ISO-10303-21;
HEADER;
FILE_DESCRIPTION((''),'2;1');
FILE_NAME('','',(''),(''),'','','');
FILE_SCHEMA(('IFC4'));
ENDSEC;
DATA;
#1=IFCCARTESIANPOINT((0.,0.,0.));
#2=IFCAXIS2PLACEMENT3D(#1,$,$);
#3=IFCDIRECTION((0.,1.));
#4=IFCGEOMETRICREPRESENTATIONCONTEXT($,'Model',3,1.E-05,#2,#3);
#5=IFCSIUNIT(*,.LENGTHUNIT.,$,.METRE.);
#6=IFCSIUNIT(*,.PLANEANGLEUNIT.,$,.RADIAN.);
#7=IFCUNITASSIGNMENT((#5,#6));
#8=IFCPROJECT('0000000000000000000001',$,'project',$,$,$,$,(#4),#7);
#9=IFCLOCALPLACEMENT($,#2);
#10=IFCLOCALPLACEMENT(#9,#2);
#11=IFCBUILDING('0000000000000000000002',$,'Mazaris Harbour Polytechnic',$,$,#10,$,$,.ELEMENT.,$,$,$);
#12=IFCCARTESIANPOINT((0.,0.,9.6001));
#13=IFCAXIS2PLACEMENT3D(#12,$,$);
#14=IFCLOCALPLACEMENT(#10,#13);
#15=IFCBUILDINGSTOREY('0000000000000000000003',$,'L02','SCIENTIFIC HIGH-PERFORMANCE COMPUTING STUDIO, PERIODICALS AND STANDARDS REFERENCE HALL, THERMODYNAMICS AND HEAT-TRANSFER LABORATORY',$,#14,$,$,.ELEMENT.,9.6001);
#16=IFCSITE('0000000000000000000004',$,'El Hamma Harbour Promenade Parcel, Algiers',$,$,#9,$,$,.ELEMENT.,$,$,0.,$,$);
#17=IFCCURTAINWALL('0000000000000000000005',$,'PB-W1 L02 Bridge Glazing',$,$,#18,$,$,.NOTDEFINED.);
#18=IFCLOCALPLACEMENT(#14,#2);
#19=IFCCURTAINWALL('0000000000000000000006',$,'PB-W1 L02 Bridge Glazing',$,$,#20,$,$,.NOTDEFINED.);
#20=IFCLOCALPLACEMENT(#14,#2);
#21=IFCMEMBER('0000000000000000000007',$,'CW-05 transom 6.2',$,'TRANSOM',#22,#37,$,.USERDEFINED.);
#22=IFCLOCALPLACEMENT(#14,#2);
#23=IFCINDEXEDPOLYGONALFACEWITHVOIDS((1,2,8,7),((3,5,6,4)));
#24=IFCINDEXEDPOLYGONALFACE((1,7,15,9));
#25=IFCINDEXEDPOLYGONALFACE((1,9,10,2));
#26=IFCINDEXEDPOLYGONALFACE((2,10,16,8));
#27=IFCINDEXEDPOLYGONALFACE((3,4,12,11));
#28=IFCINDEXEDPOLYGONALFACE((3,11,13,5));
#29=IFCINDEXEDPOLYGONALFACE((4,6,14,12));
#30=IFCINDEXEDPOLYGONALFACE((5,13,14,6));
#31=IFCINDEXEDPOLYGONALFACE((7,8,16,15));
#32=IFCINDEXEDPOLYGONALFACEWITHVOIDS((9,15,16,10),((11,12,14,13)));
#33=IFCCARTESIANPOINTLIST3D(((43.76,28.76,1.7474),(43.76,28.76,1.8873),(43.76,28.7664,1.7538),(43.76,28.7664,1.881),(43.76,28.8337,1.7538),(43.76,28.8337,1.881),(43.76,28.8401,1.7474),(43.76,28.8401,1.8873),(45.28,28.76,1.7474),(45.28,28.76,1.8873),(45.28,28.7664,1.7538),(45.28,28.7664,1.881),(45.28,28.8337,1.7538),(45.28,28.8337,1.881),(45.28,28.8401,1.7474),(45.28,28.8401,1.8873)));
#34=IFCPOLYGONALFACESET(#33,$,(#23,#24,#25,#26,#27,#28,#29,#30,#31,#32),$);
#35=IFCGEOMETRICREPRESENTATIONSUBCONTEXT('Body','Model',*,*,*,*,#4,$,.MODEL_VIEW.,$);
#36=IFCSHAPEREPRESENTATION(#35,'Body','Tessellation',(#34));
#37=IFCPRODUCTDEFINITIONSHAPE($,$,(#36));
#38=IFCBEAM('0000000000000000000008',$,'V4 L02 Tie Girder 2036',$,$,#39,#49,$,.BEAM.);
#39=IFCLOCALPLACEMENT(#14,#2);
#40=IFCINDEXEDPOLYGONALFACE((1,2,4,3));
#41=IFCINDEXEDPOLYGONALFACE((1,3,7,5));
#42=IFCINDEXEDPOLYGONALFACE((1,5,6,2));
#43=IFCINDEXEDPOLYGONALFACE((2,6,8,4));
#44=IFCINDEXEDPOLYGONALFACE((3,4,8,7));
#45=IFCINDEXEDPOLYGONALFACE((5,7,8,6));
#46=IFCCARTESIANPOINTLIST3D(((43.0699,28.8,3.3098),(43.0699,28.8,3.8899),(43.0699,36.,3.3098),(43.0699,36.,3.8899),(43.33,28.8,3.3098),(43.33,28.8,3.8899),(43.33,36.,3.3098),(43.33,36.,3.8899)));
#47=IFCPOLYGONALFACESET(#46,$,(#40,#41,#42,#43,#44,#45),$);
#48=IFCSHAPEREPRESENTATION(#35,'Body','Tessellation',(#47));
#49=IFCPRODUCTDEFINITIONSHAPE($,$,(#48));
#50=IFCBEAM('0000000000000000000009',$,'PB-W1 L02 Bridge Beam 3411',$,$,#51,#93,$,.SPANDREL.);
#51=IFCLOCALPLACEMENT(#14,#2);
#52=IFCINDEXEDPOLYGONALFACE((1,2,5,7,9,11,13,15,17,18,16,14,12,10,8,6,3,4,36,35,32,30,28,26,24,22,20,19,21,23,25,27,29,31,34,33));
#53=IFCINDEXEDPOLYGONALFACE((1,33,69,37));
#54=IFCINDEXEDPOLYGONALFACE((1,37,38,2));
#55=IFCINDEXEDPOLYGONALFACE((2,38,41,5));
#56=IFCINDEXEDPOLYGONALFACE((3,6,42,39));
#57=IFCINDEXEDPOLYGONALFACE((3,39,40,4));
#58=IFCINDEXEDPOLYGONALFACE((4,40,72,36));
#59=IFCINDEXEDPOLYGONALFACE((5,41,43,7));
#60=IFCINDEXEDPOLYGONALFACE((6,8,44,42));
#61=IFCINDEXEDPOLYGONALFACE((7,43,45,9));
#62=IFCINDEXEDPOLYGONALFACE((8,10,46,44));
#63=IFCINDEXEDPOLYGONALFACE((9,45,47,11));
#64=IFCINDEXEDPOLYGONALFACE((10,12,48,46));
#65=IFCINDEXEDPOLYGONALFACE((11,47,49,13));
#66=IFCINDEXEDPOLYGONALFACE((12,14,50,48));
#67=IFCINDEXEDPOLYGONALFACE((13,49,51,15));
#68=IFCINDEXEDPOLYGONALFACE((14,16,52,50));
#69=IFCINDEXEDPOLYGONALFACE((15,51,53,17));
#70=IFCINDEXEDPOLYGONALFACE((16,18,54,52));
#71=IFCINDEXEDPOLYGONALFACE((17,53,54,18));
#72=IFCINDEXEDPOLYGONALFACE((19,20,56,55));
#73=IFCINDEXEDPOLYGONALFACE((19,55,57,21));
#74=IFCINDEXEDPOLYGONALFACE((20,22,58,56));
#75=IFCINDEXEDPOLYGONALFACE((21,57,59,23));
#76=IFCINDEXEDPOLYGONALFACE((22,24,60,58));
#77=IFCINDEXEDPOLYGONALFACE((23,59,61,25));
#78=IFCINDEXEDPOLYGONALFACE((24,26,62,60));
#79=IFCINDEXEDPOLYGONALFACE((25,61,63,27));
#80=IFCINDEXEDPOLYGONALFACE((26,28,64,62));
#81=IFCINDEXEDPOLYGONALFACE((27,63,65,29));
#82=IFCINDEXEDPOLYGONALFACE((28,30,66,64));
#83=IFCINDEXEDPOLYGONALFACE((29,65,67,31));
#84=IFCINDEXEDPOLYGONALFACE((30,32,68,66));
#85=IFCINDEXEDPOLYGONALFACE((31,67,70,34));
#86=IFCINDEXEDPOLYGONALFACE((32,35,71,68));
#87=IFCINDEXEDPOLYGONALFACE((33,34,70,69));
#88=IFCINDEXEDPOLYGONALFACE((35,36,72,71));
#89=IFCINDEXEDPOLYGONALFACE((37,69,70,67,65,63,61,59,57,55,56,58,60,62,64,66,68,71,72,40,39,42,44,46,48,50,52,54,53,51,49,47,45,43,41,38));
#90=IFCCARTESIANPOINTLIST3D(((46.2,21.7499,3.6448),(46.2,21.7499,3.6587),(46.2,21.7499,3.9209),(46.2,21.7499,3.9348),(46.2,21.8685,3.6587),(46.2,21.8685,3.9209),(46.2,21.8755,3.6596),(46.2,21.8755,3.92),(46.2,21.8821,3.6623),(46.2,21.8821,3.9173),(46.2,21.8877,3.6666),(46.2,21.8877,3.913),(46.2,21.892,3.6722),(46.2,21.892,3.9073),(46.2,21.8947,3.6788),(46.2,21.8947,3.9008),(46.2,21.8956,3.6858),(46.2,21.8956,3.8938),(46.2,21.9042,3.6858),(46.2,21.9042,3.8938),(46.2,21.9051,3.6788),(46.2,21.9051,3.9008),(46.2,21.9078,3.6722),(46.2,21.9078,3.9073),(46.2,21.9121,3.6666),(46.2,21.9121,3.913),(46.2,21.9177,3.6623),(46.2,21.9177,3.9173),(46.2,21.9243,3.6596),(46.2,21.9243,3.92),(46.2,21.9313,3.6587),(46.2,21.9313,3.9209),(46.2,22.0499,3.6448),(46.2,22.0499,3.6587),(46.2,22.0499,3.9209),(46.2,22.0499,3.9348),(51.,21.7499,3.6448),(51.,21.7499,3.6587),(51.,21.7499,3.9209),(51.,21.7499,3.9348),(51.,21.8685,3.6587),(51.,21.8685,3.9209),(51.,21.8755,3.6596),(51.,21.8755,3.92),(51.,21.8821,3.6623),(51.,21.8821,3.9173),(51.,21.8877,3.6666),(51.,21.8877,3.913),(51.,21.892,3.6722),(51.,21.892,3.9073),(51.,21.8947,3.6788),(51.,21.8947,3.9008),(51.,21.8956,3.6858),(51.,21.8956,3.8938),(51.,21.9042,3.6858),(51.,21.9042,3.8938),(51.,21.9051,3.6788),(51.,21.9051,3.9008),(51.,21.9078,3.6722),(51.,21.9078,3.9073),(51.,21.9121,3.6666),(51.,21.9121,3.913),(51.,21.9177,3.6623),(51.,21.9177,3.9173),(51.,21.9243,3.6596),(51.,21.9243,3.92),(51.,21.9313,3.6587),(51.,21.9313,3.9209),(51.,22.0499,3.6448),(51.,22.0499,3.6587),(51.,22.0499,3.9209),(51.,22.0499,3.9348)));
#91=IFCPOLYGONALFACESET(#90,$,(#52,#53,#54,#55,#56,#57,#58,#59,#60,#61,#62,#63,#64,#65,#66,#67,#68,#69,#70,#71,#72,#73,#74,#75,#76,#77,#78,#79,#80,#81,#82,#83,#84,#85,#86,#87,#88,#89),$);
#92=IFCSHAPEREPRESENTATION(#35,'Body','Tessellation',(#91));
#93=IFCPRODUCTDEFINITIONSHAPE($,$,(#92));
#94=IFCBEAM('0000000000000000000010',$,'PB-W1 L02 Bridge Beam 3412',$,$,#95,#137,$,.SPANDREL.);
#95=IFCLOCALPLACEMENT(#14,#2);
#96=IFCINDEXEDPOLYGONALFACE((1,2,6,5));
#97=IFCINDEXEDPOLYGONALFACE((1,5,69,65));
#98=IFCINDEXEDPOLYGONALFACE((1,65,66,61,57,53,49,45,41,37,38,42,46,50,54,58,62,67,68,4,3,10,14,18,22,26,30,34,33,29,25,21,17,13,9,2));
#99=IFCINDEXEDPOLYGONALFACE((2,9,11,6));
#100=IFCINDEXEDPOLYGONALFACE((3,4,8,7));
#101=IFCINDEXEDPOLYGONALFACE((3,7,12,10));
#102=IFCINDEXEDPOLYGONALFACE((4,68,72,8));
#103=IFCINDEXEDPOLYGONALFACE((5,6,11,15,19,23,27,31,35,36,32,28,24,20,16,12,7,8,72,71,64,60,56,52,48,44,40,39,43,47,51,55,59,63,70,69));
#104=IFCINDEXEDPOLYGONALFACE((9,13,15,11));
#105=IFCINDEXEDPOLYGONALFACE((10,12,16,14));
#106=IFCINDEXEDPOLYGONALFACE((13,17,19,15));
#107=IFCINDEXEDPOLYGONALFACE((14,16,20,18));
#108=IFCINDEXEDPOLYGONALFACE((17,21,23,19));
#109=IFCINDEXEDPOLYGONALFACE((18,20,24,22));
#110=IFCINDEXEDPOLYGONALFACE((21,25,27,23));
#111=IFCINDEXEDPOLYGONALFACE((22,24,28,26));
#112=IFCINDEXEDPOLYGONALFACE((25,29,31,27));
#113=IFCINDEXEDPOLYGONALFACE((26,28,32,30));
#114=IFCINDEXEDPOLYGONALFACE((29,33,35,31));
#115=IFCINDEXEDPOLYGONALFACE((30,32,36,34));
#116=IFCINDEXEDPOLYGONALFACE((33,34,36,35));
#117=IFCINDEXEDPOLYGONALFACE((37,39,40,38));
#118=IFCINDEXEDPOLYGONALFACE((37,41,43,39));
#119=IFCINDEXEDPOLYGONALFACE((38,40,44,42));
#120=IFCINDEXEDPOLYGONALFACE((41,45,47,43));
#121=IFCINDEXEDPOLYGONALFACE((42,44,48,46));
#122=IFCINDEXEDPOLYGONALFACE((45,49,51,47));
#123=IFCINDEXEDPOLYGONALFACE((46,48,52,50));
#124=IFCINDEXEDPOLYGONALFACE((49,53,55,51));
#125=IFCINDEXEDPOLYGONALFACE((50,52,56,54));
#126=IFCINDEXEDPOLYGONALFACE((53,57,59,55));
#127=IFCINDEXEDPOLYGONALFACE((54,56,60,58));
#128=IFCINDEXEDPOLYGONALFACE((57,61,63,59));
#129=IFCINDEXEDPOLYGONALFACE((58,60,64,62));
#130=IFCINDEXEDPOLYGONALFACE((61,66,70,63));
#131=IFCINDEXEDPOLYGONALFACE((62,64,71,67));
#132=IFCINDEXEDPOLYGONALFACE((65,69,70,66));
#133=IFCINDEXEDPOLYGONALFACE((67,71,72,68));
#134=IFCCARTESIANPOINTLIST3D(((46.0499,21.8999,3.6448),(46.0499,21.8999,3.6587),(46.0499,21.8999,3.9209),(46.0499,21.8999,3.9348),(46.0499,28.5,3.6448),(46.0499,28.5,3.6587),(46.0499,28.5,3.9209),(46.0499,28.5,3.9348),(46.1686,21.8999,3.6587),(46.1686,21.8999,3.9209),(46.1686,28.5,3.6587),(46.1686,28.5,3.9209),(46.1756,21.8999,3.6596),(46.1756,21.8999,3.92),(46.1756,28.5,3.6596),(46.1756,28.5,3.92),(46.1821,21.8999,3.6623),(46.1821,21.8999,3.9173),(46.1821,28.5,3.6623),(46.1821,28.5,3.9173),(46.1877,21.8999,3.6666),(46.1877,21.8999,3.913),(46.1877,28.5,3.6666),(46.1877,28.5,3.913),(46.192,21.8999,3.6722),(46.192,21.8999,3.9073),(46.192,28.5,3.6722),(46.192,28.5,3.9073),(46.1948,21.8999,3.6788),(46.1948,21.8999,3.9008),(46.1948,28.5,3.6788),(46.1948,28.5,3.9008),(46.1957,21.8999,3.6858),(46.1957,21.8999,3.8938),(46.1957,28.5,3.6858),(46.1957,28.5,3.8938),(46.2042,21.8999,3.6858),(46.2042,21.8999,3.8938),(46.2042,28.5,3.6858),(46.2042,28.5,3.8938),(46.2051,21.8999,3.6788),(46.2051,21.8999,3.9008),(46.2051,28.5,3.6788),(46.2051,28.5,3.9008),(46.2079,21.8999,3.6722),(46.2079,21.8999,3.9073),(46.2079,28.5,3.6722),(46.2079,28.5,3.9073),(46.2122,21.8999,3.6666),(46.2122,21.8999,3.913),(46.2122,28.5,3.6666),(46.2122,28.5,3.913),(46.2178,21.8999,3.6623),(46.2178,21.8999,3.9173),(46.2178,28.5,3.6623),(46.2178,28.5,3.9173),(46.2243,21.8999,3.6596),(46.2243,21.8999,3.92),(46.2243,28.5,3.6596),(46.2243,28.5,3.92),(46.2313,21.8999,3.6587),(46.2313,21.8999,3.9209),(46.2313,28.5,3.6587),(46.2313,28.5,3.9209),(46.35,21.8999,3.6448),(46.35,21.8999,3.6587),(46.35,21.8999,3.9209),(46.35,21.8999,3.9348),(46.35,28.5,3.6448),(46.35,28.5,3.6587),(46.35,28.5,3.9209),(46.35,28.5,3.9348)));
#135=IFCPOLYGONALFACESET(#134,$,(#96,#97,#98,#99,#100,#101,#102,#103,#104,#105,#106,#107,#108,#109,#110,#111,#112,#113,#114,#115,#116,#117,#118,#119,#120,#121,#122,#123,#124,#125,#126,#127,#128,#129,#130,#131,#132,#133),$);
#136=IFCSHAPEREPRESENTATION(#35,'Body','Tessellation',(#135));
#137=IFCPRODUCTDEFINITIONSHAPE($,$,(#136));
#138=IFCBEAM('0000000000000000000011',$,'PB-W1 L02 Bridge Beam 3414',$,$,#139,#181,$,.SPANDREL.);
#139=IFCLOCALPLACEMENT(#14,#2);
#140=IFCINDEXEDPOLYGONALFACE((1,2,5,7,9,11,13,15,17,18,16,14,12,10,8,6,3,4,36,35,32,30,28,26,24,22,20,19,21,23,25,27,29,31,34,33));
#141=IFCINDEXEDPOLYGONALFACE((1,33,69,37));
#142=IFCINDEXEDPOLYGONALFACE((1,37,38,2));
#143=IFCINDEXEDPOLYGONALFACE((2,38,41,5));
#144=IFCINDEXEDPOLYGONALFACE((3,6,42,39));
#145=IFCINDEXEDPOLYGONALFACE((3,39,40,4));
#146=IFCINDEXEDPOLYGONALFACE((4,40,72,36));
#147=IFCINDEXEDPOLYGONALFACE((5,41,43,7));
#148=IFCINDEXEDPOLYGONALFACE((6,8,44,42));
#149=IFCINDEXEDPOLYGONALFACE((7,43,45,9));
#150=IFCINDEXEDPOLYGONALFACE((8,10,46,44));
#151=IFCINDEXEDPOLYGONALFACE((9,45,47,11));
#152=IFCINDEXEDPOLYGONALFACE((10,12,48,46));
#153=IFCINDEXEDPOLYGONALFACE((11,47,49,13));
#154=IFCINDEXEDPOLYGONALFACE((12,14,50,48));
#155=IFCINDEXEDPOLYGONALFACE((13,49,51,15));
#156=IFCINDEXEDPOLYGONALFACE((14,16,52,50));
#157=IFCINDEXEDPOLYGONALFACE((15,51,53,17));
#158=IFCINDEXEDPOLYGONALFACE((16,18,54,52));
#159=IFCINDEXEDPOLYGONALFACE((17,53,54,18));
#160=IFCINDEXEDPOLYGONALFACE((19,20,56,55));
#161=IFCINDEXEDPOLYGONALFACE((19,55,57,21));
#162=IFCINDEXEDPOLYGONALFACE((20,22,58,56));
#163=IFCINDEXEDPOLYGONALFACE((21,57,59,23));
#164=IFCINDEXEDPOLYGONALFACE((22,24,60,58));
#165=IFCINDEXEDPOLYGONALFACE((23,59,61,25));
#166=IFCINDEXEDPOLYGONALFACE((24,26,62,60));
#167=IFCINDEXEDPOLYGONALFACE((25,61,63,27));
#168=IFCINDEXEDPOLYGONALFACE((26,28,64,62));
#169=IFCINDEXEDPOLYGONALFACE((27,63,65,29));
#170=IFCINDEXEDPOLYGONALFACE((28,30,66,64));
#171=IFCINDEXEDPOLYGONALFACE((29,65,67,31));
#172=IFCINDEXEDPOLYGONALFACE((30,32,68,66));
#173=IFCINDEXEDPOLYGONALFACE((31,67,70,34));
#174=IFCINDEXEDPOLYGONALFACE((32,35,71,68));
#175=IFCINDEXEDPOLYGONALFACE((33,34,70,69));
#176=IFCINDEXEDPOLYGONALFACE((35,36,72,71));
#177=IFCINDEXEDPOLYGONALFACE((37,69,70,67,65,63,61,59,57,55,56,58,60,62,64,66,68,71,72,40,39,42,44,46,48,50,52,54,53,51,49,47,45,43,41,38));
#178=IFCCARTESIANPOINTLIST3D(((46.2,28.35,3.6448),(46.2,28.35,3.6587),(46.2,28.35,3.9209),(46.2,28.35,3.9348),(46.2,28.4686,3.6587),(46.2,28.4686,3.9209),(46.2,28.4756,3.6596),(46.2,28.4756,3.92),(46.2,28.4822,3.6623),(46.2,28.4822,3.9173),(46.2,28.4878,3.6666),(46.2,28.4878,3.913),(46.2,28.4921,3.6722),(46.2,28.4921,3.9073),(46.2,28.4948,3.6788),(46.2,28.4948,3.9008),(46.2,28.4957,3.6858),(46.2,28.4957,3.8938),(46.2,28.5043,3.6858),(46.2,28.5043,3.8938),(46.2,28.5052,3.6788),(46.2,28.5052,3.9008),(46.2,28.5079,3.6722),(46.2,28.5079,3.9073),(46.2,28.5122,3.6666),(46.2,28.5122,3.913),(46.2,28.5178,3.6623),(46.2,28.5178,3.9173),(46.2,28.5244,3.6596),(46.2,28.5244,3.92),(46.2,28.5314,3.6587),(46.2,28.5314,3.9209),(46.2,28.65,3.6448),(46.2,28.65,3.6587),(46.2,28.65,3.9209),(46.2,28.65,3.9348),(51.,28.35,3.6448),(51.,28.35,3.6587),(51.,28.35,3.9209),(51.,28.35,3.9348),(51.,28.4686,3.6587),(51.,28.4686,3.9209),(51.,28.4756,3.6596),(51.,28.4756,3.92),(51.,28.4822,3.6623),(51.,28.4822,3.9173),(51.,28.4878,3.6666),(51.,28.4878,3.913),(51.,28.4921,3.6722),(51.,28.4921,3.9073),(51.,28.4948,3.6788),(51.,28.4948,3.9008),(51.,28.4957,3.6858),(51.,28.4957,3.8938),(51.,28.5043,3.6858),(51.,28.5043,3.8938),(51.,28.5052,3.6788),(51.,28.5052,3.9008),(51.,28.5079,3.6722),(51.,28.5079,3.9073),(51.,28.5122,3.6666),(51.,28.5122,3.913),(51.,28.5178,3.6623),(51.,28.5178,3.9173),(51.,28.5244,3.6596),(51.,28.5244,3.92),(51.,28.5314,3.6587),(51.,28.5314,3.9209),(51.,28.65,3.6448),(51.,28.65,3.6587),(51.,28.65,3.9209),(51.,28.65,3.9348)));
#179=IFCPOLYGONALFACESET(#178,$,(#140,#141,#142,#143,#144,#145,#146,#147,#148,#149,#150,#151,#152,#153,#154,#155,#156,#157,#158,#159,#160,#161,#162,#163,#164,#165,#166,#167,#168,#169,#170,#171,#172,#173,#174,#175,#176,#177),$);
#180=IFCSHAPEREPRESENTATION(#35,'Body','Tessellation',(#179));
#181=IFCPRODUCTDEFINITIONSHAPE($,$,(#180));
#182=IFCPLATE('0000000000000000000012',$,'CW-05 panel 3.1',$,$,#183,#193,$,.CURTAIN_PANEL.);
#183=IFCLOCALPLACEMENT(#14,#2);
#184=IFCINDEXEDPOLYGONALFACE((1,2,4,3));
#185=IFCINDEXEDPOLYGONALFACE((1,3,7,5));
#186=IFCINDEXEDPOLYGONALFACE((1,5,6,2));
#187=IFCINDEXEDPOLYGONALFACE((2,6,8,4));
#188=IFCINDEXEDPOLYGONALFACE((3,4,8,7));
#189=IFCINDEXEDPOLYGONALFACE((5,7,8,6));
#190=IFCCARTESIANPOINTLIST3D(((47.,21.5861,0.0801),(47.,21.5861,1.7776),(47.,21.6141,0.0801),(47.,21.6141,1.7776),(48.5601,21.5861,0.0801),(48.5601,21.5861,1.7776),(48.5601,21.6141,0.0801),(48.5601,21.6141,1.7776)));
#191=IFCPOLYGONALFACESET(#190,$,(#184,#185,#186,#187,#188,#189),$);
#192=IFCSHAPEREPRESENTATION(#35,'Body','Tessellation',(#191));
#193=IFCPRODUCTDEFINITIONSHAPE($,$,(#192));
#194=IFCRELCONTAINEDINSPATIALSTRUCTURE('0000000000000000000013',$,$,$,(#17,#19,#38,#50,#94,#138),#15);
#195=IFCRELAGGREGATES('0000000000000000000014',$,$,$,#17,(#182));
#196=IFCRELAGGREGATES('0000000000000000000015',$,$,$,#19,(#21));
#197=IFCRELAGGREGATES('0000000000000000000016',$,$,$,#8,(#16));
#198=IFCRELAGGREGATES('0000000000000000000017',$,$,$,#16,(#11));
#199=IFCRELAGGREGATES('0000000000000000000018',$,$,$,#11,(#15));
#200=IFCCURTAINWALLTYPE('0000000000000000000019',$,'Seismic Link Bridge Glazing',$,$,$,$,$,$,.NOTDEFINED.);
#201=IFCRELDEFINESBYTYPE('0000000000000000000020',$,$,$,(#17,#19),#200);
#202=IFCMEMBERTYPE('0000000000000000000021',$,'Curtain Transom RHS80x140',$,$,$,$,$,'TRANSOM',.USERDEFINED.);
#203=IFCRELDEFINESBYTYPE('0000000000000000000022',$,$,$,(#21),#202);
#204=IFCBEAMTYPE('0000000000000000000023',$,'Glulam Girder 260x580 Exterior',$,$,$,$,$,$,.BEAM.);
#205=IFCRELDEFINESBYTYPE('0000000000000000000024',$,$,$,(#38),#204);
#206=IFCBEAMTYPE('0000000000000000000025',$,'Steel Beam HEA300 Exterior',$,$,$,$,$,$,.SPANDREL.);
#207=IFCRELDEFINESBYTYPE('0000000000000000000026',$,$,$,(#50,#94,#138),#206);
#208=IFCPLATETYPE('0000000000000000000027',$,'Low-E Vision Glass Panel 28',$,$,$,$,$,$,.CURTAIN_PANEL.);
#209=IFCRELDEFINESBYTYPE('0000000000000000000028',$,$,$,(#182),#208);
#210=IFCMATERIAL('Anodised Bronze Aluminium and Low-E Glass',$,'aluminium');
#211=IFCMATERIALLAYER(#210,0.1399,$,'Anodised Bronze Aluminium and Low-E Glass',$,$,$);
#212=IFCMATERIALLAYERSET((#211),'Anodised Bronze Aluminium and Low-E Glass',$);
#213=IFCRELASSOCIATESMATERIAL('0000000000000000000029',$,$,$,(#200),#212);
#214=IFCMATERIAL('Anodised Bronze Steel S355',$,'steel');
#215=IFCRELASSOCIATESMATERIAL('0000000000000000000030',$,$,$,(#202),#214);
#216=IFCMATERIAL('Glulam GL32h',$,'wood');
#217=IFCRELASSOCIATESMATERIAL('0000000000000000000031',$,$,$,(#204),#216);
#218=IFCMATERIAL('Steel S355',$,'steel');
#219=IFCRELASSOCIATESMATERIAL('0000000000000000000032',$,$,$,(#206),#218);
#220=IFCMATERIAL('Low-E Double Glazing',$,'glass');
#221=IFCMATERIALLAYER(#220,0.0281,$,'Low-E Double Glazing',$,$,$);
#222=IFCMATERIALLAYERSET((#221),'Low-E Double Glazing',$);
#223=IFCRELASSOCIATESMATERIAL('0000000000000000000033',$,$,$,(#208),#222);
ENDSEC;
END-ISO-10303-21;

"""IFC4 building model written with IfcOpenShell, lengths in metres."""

from ifc_helpers import new_model, si_unit, direction, frame, origin, origin_2d, place, context, subcontext, project, spatial, rectangle, hollow_rectangle, i_section, extrude, material, layer, layer_set, material_profile, profile_set, type_object, element, aggregate, save


model = new_model("IFC4")

# Units and contexts
model_context = context("Model", 3, precision=1e-05, world=origin(), true_north=direction((0.0, 1.0)))
body_context = subcontext(model_context, "Body", "Model", "MODEL_VIEW")
ifc_project = project(units=[si_unit("LENGTHUNIT", "METRE"), si_unit("PLANEANGLEUNIT", "RADIAN")], contexts=[model_context])

# Site, building, storey
site_placement = place(None, origin())
site = spatial("IfcSite", under=ifc_project, at=site_placement, Name="El Hamma Harbour Promenade Parcel, Algiers", CompositionType="ELEMENT", RefElevation=0.0)
building_placement = place(site_placement, origin())
building = spatial("IfcBuilding", under=site, at=building_placement, Name="Mazaris Harbour Polytechnic", CompositionType="ELEMENT")
storey_placement = place(building_placement, frame((0.0, 0.0, 9.6001)))
storey = spatial("IfcBuildingStorey", under=building, at=storey_placement, Name="L02", Description="SCIENTIFIC HIGH-PERFORMANCE COMPUTING STUDIO, PERIODICALS AND STANDARDS REFERENCE HALL, THERMODYNAMICS AND HEAT-TRANSFER LABORATORY", CompositionType="ELEMENT", Elevation=9.6001)

# Curtain walls
ifc_material_1 = material(Name="Anodised Bronze Aluminium and Low-E Glass", Category="aluminium")
ifc_layer_1 = layer(ifc_material_1, 0.1399, Name="Anodised Bronze Aluminium and Low-E Glass")
ifc_layer_set_1 = layer_set([ifc_layer_1], Name="Anodised Bronze Aluminium and Low-E Glass")
curtain_wall_type = type_object("IfcCurtainWallType", Name="Seismic Link Bridge Glazing", PredefinedType="NOTDEFINED", material=ifc_layer_set_1)
curtain_wall_1_placement = place(storey_placement, origin())
curtain_wall_1 = element("IfcCurtainWall", 1, at=curtain_wall_1_placement, inside=storey, type_object=curtain_wall_type, Name="PB-W1 L02 Bridge Glazing", PredefinedType="NOTDEFINED")
curtain_wall_2_placement = place(storey_placement, origin())
curtain_wall_2 = element("IfcCurtainWall", 2, at=curtain_wall_2_placement, inside=storey, type_object=curtain_wall_type, Name="PB-W1 L02 Bridge Glazing", PredefinedType="NOTDEFINED")

# Member
ifc_material_2 = material(Name="Anodised Bronze Steel S355", Category="steel")
ifc_material_profile_1 = material_profile(ifc_material_2, hollow_rectangle(XDim=0.0801, YDim=0.1399, WallThickness=0.0063, at=origin_2d()), Name="RHS 80x140x6.3")
ifc_profile_set_1 = profile_set([ifc_material_profile_1], Name="Anodised Bronze Steel S355")
member_type_1 = type_object("IfcMemberType", Name="Curtain Transom RHS80x140", ElementType="TRANSOM", PredefinedType="USERDEFINED", material=ifc_profile_set_1)
member_1_placement = place(storey_placement, frame((45.28, 28.8, 1.8174), z_axis=(-1.0, 0.0, 0.0), x_axis=(0.0, -1.0, 0.0)))
member_1 = element("IfcMember", 3, at=member_1_placement, type_object=member_type_1, Name="CW-05 transom 6.2", ObjectType="TRANSOM", PredefinedType="USERDEFINED", context=body_context, shape_type="SweptSolid", body=[
    extrude(hollow_rectangle(XDim=0.0801, YDim=0.1399, WallThickness=0.0063, at=origin_2d()), origin(), (0.0, 0.0, 1.0), 1.52),
])

# Beams
ifc_material_3 = material(Name="Glulam GL32h", Category="wood")
ifc_material_profile_2 = material_profile(ifc_material_3, rectangle(XDim=0.26, YDim=0.5801, at=origin_2d()), Name="RECT260x580")
ifc_profile_set_2 = profile_set([ifc_material_profile_2], Name="Glulam GL32h")
beam_type_1 = type_object("IfcBeamType", Name="Glulam Girder 260x580 Exterior", PredefinedType="BEAM", material=ifc_profile_set_2)
beam_1_placement = place(storey_placement, frame((43.2, 28.8, 3.5999), z_axis=(0.0, 1.0, 0.0), x_axis=(-1.0, 0.0, 0.0)))
element("IfcBeam", 4, at=beam_1_placement, inside=storey, type_object=beam_type_1, Name="V4 L02 Tie Girder 2036", PredefinedType="BEAM", context=body_context, shape_type="SweptSolid", body=[
    extrude(rectangle(XDim=0.26, YDim=0.5801, at=origin_2d()), origin(), (0.0, 0.0, 1.0), 7.2),
])
ifc_material_4 = material(Name="Steel S355", Category="steel")
ifc_material_profile_3 = material_profile(ifc_material_4, i_section(OverallWidth=0.3, OverallDepth=0.29, WebThickness=0.0085, FlangeThickness=0.0139, FilletRadius=0.0271, at=origin_2d()), Name="HEA 300")
ifc_profile_set_3 = profile_set([ifc_material_profile_3], Name="Steel S355")
beam_type_2 = type_object("IfcBeamType", Name="Steel Beam HEA300 Exterior", PredefinedType="SPANDREL", material=ifc_profile_set_3)
beam_2_placement = place(storey_placement, frame((46.2, 21.8999, 3.7898), z_axis=(1.0, 0.0, 0.0), x_axis=(0.0, 1.0, 0.0)))
element("IfcBeam", 5, at=beam_2_placement, inside=storey, type_object=beam_type_2, Name="PB-W1 L02 Bridge Beam 3411", PredefinedType="SPANDREL", context=body_context, shape_type="SweptSolid", body=[
    extrude(i_section(OverallWidth=0.3, OverallDepth=0.29, WebThickness=0.0085, FlangeThickness=0.0139, FilletRadius=0.0271, at=origin_2d()), origin(), (0.0, 0.0, 1.0), 4.8),
])
beam_3_placement = place(storey_placement, frame((46.2, 21.8999, 3.7898), z_axis=(0.0, 1.0, 0.0), x_axis=(-1.0, 0.0, 0.0)))
element("IfcBeam", 6, at=beam_3_placement, inside=storey, type_object=beam_type_2, Name="PB-W1 L02 Bridge Beam 3412", PredefinedType="SPANDREL", context=body_context, shape_type="SweptSolid", body=[
    extrude(i_section(OverallWidth=0.3, OverallDepth=0.29, WebThickness=0.0085, FlangeThickness=0.0139, FilletRadius=0.0271, at=origin_2d()), origin(), (0.0, 0.0, 1.0), 6.6001),
])
beam_4_placement = place(storey_placement, frame((46.2, 28.5, 3.7898), z_axis=(1.0, 0.0, 0.0), x_axis=(0.0, 1.0, 0.0)))
element("IfcBeam", 7, at=beam_4_placement, inside=storey, type_object=beam_type_2, Name="PB-W1 L02 Bridge Beam 3414", PredefinedType="SPANDREL", context=body_context, shape_type="SweptSolid", body=[
    extrude(i_section(OverallWidth=0.3, OverallDepth=0.29, WebThickness=0.0085, FlangeThickness=0.0139, FilletRadius=0.0271, at=origin_2d()), origin(), (0.0, 0.0, 1.0), 4.8),
])

# Plate
ifc_material_5 = material(Name="Low-E Double Glazing", Category="glass")
ifc_layer_2 = layer(ifc_material_5, 0.0281, Name="Low-E Double Glazing")
ifc_layer_set_2 = layer_set([ifc_layer_2], Name="Low-E Double Glazing")
plate_type = type_object("IfcPlateType", Name="Low-E Vision Glass Panel 28", PredefinedType="CURTAIN_PANEL", material=ifc_layer_set_2)
plate_1_placement = place(storey_placement, frame((47.78, 21.6001, 0.0801), z_axis=(0.0, 0.0, 1.0), x_axis=(1.0, 0.0, 0.0)))
plate_1 = element("IfcPlate", 8, at=plate_1_placement, type_object=plate_type, Name="CW-05 panel 3.1", PredefinedType="CURTAIN_PANEL", context=body_context, shape_type="SweptSolid", body=[
    extrude(rectangle(XDim=1.5601, YDim=0.0281, at=origin_2d()), origin(), (0.0, 0.0, 1.0), 1.6975),
])
aggregate(curtain_wall_1, [plate_1])
aggregate(curtain_wall_2, [member_1])

save(model, "model.ifc")
